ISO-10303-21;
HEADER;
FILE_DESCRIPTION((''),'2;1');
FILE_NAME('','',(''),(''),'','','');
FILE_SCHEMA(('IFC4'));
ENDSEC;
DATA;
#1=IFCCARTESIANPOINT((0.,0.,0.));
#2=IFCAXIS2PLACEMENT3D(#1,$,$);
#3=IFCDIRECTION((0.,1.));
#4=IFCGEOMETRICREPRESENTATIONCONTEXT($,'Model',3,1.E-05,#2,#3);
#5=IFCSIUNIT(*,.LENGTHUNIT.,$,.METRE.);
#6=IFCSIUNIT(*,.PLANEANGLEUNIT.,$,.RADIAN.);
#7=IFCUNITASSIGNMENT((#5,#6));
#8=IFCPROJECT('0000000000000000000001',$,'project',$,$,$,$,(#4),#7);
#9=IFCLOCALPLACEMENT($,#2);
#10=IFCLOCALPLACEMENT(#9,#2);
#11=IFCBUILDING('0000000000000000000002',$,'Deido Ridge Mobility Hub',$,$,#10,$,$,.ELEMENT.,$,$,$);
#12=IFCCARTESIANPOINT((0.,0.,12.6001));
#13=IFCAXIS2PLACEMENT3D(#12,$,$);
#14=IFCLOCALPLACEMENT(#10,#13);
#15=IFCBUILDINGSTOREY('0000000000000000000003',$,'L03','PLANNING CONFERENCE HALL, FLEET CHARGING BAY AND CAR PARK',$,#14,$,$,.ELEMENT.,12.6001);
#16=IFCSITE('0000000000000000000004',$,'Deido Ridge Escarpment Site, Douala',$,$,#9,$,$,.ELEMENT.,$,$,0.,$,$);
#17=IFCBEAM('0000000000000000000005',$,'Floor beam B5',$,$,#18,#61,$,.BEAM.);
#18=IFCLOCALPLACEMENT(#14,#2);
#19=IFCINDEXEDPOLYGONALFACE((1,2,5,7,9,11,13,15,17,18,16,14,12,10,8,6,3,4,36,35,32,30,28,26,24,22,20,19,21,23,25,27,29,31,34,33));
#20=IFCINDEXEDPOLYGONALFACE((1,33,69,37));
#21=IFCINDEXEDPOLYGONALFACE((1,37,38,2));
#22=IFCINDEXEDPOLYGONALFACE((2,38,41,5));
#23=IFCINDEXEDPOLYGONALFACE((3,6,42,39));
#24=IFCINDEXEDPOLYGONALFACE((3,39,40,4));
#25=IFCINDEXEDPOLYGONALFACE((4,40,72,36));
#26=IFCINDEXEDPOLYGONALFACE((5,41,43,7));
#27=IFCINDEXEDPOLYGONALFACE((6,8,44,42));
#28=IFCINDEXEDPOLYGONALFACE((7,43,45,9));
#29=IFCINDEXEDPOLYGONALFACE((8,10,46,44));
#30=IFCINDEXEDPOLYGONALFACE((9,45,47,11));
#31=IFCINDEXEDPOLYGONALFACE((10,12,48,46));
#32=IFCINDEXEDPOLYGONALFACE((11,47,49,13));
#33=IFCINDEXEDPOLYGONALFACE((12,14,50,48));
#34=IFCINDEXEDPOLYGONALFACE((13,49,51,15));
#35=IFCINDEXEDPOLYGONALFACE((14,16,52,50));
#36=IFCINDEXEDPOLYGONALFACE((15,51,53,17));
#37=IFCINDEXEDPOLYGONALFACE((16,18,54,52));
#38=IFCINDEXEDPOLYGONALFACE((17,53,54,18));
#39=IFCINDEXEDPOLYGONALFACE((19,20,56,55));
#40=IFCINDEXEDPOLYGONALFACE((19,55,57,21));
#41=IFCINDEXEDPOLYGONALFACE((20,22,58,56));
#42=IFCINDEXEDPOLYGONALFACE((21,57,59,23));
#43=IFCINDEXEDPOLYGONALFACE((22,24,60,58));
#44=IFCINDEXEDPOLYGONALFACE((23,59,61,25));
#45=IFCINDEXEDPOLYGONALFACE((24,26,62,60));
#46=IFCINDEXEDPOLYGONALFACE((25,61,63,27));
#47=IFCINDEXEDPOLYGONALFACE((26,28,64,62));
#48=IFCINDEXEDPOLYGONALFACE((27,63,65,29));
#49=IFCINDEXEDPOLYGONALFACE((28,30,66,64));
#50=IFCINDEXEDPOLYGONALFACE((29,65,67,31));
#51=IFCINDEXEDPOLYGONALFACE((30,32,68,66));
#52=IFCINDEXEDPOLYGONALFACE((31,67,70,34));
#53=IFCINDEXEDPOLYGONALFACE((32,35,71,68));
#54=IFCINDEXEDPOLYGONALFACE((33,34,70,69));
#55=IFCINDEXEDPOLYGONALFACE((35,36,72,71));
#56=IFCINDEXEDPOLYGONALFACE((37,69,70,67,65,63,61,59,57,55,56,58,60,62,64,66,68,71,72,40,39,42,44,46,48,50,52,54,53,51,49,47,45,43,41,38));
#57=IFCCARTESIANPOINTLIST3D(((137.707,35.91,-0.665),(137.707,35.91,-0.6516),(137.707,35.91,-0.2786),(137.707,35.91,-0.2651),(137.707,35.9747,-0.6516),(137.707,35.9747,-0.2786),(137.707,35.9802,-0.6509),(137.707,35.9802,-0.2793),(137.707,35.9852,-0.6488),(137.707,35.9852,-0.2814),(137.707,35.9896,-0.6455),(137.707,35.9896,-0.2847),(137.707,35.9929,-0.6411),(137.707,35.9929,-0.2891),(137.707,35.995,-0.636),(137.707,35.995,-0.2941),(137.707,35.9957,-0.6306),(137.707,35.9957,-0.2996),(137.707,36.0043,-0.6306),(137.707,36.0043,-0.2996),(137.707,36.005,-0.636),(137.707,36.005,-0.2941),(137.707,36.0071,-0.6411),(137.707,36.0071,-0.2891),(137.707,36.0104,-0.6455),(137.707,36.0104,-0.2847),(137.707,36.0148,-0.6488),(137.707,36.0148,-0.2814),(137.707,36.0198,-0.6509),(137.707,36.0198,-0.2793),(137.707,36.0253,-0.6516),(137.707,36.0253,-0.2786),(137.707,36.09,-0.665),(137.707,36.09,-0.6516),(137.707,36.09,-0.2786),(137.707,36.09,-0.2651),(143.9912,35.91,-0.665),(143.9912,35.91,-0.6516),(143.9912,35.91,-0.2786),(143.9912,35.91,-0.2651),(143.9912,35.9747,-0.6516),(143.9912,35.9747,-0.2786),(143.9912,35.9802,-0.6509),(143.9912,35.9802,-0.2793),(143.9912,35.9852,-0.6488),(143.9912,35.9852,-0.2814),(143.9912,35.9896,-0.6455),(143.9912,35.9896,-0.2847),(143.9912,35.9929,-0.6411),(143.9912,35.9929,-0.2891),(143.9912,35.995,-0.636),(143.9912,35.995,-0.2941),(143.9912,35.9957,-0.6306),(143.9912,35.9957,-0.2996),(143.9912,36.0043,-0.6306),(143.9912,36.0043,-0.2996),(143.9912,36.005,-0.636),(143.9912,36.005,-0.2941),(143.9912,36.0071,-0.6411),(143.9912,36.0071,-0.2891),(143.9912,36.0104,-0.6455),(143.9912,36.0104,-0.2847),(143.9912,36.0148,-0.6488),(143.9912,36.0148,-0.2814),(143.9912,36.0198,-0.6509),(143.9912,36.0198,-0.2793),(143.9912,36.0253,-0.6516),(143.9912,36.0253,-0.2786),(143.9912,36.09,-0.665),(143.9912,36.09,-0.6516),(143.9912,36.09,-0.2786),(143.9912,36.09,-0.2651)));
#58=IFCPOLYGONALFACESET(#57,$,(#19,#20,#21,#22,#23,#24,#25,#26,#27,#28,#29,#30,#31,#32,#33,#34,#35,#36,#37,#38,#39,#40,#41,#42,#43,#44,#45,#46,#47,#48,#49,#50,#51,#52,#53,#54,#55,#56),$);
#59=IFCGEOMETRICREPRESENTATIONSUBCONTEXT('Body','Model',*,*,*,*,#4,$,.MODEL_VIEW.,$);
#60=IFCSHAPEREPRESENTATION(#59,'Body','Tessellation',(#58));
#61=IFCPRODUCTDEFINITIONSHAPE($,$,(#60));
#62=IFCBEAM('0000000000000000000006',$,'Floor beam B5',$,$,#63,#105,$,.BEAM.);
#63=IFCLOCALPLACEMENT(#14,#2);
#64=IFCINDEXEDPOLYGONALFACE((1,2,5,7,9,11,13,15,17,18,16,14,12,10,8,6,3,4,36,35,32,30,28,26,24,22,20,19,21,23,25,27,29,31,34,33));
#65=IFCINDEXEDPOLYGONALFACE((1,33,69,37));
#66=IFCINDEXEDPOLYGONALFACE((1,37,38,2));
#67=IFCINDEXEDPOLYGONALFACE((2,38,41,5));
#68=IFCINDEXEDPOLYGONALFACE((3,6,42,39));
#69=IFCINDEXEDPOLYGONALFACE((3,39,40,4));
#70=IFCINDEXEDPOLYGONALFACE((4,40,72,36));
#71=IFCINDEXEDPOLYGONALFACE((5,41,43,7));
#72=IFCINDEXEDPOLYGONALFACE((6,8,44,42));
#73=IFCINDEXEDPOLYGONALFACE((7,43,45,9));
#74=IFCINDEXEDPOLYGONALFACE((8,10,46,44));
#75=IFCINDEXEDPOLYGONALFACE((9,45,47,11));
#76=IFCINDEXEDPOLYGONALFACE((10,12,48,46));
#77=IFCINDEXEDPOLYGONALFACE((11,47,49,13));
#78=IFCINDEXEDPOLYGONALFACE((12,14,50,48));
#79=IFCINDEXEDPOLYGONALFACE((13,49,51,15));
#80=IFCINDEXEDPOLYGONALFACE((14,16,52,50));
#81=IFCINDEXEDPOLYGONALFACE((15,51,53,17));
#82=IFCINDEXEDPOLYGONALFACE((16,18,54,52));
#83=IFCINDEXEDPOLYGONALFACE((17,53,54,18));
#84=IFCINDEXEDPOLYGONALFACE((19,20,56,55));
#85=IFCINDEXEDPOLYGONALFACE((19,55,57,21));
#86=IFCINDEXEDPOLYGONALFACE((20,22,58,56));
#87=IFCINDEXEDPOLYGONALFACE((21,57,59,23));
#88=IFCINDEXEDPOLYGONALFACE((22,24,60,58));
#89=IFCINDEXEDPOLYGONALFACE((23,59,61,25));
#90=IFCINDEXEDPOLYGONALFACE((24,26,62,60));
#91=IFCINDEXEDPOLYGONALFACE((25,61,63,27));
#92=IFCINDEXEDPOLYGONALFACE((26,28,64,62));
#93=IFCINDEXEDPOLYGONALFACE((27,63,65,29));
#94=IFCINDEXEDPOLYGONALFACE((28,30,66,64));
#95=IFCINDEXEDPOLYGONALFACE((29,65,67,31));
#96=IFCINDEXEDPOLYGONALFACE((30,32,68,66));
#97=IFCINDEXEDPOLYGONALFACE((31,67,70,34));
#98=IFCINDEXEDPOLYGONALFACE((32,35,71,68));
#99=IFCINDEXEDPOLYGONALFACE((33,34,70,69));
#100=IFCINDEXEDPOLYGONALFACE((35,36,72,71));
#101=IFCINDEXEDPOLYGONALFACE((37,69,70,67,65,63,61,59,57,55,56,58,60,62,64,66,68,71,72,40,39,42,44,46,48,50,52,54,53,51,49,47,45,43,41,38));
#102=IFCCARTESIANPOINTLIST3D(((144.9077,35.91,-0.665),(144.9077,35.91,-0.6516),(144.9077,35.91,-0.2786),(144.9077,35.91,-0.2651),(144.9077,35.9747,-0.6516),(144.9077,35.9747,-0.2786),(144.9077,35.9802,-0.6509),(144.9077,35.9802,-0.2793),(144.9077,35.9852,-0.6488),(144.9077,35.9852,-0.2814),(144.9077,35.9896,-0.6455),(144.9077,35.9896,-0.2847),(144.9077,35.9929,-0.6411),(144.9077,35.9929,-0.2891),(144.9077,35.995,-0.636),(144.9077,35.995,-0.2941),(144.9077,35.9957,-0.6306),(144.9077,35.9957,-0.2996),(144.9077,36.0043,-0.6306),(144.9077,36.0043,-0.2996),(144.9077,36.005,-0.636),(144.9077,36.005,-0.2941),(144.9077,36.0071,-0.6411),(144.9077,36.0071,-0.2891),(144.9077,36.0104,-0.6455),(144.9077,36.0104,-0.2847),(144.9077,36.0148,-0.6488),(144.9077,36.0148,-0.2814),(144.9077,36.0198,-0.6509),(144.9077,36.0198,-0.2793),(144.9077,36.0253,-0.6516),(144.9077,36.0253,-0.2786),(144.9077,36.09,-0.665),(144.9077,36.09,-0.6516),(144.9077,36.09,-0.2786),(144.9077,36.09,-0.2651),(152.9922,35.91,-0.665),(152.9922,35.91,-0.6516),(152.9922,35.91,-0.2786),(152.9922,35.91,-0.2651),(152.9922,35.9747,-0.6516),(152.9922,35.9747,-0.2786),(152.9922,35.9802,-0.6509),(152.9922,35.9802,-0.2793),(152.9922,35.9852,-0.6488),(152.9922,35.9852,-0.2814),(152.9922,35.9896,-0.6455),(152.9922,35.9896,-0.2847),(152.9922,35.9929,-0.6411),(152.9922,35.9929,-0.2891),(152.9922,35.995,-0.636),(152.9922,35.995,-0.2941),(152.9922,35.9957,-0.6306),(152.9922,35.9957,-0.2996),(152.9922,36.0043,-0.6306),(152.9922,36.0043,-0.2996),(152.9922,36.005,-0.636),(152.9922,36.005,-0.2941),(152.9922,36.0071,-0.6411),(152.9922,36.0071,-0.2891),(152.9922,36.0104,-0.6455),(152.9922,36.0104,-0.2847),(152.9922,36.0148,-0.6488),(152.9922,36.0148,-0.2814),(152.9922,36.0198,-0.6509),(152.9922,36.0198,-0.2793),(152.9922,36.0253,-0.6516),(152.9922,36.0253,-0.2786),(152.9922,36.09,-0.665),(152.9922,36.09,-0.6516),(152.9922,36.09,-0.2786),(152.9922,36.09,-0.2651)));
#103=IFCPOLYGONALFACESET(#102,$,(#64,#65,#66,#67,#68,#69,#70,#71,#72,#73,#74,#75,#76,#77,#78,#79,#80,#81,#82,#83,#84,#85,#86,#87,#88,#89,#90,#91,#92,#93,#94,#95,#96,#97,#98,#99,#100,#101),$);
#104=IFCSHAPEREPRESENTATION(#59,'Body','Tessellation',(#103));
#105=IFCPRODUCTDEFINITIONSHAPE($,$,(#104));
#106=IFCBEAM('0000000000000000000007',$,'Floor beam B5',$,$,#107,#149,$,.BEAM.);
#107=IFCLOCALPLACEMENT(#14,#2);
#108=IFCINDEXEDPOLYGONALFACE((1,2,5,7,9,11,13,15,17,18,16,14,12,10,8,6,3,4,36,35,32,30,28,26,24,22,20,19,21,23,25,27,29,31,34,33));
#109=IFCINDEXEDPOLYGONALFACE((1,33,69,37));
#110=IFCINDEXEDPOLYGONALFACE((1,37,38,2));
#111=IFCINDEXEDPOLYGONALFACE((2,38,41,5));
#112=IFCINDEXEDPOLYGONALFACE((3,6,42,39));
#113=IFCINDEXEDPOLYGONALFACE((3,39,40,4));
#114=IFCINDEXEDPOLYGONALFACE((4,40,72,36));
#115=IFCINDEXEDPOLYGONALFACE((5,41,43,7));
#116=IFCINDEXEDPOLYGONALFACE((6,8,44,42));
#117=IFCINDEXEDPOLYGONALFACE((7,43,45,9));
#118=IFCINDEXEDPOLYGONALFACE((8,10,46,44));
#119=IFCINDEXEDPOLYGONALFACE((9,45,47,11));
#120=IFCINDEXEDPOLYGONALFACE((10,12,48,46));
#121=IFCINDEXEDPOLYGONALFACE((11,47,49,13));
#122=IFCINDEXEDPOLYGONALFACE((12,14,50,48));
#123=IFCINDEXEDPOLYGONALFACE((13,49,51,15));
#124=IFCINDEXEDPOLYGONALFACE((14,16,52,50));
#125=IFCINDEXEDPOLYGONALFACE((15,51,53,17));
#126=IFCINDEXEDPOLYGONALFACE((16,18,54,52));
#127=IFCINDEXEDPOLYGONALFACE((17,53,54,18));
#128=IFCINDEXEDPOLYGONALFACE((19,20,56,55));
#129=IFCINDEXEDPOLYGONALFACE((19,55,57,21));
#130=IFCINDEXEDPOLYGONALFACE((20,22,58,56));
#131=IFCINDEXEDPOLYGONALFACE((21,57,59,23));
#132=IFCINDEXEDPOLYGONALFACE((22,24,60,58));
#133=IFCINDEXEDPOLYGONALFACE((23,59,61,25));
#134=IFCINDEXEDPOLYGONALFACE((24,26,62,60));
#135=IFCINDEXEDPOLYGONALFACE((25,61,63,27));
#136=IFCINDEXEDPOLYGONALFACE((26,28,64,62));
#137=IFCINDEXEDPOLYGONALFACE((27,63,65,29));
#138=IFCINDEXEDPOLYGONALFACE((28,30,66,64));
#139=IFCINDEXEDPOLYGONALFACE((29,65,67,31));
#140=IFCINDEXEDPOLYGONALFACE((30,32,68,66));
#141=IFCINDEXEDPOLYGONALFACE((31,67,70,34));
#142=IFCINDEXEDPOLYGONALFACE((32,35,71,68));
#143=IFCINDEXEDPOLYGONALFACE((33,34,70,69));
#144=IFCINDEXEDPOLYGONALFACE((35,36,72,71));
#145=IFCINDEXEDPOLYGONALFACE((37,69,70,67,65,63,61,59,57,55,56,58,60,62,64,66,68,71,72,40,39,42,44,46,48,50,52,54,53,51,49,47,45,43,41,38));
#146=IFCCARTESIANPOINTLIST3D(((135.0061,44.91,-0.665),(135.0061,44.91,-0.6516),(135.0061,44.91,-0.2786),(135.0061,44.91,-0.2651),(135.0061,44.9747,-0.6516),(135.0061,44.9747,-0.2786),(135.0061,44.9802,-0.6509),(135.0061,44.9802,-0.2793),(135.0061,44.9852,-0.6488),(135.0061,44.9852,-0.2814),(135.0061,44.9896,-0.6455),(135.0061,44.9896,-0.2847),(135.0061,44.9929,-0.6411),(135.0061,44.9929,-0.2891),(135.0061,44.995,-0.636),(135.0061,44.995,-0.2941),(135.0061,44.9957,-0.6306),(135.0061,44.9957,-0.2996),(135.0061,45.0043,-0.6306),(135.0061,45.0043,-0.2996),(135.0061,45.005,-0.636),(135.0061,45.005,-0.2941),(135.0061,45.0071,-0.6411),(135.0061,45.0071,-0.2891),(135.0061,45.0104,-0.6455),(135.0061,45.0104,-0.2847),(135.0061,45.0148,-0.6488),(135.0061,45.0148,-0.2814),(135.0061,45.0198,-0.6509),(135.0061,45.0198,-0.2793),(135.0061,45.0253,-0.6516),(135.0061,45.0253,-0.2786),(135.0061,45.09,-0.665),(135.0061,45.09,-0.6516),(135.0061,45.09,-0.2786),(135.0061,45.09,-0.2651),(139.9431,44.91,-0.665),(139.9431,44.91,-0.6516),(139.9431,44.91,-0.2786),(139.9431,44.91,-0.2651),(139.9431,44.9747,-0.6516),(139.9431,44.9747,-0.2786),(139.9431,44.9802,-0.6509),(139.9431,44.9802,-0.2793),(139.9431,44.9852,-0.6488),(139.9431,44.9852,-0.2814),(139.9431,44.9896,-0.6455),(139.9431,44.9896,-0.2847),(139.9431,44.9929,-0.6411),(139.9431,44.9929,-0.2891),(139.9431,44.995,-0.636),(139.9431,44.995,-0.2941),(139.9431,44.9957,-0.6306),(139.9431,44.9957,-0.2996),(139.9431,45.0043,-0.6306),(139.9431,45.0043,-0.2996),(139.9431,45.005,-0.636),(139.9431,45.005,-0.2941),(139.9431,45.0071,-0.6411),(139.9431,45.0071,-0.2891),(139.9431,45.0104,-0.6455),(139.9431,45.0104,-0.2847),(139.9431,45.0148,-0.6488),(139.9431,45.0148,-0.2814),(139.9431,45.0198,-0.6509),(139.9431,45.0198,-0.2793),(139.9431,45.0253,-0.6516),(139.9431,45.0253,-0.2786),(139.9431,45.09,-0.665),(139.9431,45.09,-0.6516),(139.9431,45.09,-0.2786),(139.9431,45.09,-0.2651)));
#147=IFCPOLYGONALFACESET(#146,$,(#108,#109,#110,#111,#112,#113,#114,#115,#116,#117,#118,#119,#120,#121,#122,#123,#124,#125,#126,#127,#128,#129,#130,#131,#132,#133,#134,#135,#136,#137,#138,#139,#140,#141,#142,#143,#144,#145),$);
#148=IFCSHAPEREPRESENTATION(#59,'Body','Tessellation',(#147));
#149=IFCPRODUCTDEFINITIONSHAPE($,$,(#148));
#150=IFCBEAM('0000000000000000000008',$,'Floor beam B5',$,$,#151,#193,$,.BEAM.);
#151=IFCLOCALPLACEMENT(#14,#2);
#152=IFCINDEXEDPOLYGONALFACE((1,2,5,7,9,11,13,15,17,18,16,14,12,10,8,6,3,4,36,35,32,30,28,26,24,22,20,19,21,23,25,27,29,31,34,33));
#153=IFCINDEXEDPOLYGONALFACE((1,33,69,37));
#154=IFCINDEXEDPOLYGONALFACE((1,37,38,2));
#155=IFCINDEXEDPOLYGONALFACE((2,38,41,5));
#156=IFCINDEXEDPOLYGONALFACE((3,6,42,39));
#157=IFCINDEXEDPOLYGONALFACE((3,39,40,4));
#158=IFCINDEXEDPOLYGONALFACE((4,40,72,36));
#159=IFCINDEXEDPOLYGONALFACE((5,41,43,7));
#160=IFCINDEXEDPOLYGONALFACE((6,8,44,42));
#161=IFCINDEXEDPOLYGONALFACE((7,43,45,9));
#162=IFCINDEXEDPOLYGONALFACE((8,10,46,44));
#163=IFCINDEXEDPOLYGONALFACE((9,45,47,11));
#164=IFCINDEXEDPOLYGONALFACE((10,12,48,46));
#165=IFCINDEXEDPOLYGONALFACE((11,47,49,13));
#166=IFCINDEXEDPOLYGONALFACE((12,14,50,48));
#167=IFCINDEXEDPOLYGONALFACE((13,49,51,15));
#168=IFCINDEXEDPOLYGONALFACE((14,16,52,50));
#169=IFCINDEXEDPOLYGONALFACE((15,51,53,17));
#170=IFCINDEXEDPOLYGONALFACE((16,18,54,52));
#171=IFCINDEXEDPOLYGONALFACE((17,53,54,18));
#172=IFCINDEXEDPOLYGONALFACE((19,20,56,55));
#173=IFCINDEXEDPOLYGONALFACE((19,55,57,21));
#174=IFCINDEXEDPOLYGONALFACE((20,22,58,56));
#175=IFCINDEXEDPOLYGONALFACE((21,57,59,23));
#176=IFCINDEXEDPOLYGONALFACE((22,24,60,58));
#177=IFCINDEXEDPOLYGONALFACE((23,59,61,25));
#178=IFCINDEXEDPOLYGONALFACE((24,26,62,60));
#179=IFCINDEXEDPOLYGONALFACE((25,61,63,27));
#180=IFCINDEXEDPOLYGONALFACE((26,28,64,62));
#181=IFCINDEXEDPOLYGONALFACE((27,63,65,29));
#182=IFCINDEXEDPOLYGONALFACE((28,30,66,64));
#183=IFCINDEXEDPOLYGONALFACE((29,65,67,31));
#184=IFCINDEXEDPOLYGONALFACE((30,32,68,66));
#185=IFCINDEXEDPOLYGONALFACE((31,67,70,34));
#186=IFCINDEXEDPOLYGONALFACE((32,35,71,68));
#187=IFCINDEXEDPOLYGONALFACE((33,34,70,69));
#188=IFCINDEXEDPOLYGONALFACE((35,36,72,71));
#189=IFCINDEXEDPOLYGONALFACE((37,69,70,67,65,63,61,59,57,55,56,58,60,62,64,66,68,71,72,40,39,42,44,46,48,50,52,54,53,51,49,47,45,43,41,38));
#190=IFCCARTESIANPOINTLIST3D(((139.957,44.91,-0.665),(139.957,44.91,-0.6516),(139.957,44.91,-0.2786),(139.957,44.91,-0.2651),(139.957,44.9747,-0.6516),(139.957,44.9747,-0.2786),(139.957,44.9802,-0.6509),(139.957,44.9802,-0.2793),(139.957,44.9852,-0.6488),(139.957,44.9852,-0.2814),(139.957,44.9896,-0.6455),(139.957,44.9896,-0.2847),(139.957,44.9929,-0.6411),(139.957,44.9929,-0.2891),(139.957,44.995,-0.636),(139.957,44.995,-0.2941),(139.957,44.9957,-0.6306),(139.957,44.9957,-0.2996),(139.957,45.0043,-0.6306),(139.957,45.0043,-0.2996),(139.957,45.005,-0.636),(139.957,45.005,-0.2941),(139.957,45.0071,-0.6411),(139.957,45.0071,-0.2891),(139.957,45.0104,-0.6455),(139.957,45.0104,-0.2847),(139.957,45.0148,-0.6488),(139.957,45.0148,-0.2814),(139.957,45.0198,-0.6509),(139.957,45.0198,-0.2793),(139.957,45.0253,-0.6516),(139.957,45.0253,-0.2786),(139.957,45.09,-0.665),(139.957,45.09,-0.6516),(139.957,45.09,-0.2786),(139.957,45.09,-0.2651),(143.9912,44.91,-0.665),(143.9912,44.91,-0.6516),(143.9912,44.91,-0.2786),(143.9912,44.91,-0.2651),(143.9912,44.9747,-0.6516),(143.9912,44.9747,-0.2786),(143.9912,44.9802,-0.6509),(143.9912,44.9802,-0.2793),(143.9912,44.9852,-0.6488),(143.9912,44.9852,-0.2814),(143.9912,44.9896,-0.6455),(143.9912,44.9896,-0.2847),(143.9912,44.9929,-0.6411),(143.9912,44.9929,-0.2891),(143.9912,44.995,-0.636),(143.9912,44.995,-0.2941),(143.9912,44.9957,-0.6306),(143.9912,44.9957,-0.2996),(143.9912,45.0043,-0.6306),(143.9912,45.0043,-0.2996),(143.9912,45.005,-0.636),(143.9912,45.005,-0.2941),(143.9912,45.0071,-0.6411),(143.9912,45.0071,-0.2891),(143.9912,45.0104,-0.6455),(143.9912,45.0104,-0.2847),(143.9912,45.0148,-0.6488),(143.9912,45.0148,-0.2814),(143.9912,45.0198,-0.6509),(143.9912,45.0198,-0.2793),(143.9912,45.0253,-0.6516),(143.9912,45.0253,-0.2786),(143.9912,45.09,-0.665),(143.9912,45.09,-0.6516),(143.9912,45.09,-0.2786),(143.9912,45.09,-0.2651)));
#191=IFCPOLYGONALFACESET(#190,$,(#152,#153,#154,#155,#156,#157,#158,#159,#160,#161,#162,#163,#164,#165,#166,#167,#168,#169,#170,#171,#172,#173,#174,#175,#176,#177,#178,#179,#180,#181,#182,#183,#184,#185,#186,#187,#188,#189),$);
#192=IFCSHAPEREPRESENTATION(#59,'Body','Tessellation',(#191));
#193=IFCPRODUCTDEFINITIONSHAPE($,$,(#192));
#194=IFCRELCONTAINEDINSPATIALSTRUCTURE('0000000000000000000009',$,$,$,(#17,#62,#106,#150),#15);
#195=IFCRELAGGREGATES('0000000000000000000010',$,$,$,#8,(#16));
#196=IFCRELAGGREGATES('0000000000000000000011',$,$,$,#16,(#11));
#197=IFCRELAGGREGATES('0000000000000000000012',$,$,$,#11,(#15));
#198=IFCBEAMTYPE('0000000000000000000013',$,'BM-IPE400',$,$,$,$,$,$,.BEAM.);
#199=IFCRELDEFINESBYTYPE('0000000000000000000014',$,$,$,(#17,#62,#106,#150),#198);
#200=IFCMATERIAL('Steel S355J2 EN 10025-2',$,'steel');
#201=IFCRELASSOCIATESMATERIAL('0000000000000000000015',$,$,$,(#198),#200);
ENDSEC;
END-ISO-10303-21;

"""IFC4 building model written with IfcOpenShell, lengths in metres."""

from ifc_helpers import new_model, si_unit, direction, frame, origin, origin_2d, place, context, subcontext, project, spatial, i_section, extrude, material, material_profile, profile_set, type_object, element, save


model = new_model("IFC4")

# Units and contexts
model_context = context("Model", 3, precision=1e-05, world=origin(), true_north=direction((0.0, 1.0)))
body_context = subcontext(model_context, "Body", "Model", "MODEL_VIEW")
ifc_project = project(units=[si_unit("LENGTHUNIT", "METRE"), si_unit("PLANEANGLEUNIT", "RADIAN")], contexts=[model_context])

# Site, building, storey
site_placement = place(None, origin())
site = spatial("IfcSite", under=ifc_project, at=site_placement, Name="Deido Ridge Escarpment Site, Douala", CompositionType="ELEMENT", RefElevation=0.0)
building_placement = place(site_placement, origin())
building = spatial("IfcBuilding", under=site, at=building_placement, Name="Deido Ridge Mobility Hub", CompositionType="ELEMENT")
storey_placement = place(building_placement, frame((0.0, 0.0, 12.6001)))
storey = spatial("IfcBuildingStorey", under=building, at=storey_placement, Name="L03", Description="PLANNING CONFERENCE HALL, FLEET CHARGING BAY AND CAR PARK", CompositionType="ELEMENT", Elevation=12.6001)

# Shared definitions
ifc_material_1 = material(Name="Steel S355J2 EN 10025-2", Category="steel")

# Beams
ifc_material_profile_1 = material_profile(ifc_material_1, i_section(OverallWidth=0.1799, OverallDepth=0.3999, WebThickness=0.0085, FlangeThickness=0.0134, FilletRadius=0.021, at=origin_2d()), Name="IPE 400")
ifc_profile_set_1 = profile_set([ifc_material_profile_1], Name="Steel S355J2 EN 10025-2")
beam_type_1 = type_object("IfcBeamType", Name="BM-IPE400", PredefinedType="BEAM", material=ifc_profile_set_1)
beam_1_placement = place(storey_placement, frame((137.707, 36.0, -0.4651), z_axis=(1.0, 0.0, 0.0), x_axis=(0.0, 1.0, 0.0)))
element("IfcBeam", 1, at=beam_1_placement, inside=storey, type_object=beam_type_1, Name="Floor beam B5", PredefinedType="BEAM", context=body_context, shape_type="SweptSolid", body=[
    extrude(i_section(OverallWidth=0.1799, OverallDepth=0.3999, WebThickness=0.0085, FlangeThickness=0.0134, FilletRadius=0.021, at=origin_2d()), origin(), (0.0, 0.0, 1.0), 6.2842),
])
beam_2_placement = place(storey_placement, frame((144.9077, 36.0, -0.4651), z_axis=(1.0, 0.0, 0.0), x_axis=(0.0, 1.0, 0.0)))
element("IfcBeam", 2, at=beam_2_placement, inside=storey, type_object=beam_type_1, Name="Floor beam B5", PredefinedType="BEAM", context=body_context, shape_type="SweptSolid", body=[
    extrude(i_section(OverallWidth=0.1799, OverallDepth=0.3999, WebThickness=0.0085, FlangeThickness=0.0134, FilletRadius=0.021, at=origin_2d()), origin(), (0.0, 0.0, 1.0), 8.0845),
])
beam_3_placement = place(storey_placement, frame((135.0061, 45.0, -0.4651), z_axis=(1.0, 0.0, 0.0), x_axis=(0.0, 1.0, 0.0)))
element("IfcBeam", 3, at=beam_3_placement, inside=storey, type_object=beam_type_1, Name="Floor beam B5", PredefinedType="BEAM", context=body_context, shape_type="SweptSolid", body=[
    extrude(i_section(OverallWidth=0.1799, OverallDepth=0.3999, WebThickness=0.0085, FlangeThickness=0.0134, FilletRadius=0.021, at=origin_2d()), origin(), (0.0, 0.0, 1.0), 4.937),
])
beam_4_placement = place(storey_placement, frame((139.957, 45.0, -0.4651), z_axis=(1.0, 0.0, 0.0), x_axis=(0.0, 1.0, 0.0)))
element("IfcBeam", 4, at=beam_4_placement, inside=storey, type_object=beam_type_1, Name="Floor beam B5", PredefinedType="BEAM", context=body_context, shape_type="SweptSolid", body=[
    extrude(i_section(OverallWidth=0.1799, OverallDepth=0.3999, WebThickness=0.0085, FlangeThickness=0.0134, FilletRadius=0.021, at=origin_2d()), origin(), (0.0, 0.0, 1.0), 4.0342),
])

save(model, "model.ifc")
